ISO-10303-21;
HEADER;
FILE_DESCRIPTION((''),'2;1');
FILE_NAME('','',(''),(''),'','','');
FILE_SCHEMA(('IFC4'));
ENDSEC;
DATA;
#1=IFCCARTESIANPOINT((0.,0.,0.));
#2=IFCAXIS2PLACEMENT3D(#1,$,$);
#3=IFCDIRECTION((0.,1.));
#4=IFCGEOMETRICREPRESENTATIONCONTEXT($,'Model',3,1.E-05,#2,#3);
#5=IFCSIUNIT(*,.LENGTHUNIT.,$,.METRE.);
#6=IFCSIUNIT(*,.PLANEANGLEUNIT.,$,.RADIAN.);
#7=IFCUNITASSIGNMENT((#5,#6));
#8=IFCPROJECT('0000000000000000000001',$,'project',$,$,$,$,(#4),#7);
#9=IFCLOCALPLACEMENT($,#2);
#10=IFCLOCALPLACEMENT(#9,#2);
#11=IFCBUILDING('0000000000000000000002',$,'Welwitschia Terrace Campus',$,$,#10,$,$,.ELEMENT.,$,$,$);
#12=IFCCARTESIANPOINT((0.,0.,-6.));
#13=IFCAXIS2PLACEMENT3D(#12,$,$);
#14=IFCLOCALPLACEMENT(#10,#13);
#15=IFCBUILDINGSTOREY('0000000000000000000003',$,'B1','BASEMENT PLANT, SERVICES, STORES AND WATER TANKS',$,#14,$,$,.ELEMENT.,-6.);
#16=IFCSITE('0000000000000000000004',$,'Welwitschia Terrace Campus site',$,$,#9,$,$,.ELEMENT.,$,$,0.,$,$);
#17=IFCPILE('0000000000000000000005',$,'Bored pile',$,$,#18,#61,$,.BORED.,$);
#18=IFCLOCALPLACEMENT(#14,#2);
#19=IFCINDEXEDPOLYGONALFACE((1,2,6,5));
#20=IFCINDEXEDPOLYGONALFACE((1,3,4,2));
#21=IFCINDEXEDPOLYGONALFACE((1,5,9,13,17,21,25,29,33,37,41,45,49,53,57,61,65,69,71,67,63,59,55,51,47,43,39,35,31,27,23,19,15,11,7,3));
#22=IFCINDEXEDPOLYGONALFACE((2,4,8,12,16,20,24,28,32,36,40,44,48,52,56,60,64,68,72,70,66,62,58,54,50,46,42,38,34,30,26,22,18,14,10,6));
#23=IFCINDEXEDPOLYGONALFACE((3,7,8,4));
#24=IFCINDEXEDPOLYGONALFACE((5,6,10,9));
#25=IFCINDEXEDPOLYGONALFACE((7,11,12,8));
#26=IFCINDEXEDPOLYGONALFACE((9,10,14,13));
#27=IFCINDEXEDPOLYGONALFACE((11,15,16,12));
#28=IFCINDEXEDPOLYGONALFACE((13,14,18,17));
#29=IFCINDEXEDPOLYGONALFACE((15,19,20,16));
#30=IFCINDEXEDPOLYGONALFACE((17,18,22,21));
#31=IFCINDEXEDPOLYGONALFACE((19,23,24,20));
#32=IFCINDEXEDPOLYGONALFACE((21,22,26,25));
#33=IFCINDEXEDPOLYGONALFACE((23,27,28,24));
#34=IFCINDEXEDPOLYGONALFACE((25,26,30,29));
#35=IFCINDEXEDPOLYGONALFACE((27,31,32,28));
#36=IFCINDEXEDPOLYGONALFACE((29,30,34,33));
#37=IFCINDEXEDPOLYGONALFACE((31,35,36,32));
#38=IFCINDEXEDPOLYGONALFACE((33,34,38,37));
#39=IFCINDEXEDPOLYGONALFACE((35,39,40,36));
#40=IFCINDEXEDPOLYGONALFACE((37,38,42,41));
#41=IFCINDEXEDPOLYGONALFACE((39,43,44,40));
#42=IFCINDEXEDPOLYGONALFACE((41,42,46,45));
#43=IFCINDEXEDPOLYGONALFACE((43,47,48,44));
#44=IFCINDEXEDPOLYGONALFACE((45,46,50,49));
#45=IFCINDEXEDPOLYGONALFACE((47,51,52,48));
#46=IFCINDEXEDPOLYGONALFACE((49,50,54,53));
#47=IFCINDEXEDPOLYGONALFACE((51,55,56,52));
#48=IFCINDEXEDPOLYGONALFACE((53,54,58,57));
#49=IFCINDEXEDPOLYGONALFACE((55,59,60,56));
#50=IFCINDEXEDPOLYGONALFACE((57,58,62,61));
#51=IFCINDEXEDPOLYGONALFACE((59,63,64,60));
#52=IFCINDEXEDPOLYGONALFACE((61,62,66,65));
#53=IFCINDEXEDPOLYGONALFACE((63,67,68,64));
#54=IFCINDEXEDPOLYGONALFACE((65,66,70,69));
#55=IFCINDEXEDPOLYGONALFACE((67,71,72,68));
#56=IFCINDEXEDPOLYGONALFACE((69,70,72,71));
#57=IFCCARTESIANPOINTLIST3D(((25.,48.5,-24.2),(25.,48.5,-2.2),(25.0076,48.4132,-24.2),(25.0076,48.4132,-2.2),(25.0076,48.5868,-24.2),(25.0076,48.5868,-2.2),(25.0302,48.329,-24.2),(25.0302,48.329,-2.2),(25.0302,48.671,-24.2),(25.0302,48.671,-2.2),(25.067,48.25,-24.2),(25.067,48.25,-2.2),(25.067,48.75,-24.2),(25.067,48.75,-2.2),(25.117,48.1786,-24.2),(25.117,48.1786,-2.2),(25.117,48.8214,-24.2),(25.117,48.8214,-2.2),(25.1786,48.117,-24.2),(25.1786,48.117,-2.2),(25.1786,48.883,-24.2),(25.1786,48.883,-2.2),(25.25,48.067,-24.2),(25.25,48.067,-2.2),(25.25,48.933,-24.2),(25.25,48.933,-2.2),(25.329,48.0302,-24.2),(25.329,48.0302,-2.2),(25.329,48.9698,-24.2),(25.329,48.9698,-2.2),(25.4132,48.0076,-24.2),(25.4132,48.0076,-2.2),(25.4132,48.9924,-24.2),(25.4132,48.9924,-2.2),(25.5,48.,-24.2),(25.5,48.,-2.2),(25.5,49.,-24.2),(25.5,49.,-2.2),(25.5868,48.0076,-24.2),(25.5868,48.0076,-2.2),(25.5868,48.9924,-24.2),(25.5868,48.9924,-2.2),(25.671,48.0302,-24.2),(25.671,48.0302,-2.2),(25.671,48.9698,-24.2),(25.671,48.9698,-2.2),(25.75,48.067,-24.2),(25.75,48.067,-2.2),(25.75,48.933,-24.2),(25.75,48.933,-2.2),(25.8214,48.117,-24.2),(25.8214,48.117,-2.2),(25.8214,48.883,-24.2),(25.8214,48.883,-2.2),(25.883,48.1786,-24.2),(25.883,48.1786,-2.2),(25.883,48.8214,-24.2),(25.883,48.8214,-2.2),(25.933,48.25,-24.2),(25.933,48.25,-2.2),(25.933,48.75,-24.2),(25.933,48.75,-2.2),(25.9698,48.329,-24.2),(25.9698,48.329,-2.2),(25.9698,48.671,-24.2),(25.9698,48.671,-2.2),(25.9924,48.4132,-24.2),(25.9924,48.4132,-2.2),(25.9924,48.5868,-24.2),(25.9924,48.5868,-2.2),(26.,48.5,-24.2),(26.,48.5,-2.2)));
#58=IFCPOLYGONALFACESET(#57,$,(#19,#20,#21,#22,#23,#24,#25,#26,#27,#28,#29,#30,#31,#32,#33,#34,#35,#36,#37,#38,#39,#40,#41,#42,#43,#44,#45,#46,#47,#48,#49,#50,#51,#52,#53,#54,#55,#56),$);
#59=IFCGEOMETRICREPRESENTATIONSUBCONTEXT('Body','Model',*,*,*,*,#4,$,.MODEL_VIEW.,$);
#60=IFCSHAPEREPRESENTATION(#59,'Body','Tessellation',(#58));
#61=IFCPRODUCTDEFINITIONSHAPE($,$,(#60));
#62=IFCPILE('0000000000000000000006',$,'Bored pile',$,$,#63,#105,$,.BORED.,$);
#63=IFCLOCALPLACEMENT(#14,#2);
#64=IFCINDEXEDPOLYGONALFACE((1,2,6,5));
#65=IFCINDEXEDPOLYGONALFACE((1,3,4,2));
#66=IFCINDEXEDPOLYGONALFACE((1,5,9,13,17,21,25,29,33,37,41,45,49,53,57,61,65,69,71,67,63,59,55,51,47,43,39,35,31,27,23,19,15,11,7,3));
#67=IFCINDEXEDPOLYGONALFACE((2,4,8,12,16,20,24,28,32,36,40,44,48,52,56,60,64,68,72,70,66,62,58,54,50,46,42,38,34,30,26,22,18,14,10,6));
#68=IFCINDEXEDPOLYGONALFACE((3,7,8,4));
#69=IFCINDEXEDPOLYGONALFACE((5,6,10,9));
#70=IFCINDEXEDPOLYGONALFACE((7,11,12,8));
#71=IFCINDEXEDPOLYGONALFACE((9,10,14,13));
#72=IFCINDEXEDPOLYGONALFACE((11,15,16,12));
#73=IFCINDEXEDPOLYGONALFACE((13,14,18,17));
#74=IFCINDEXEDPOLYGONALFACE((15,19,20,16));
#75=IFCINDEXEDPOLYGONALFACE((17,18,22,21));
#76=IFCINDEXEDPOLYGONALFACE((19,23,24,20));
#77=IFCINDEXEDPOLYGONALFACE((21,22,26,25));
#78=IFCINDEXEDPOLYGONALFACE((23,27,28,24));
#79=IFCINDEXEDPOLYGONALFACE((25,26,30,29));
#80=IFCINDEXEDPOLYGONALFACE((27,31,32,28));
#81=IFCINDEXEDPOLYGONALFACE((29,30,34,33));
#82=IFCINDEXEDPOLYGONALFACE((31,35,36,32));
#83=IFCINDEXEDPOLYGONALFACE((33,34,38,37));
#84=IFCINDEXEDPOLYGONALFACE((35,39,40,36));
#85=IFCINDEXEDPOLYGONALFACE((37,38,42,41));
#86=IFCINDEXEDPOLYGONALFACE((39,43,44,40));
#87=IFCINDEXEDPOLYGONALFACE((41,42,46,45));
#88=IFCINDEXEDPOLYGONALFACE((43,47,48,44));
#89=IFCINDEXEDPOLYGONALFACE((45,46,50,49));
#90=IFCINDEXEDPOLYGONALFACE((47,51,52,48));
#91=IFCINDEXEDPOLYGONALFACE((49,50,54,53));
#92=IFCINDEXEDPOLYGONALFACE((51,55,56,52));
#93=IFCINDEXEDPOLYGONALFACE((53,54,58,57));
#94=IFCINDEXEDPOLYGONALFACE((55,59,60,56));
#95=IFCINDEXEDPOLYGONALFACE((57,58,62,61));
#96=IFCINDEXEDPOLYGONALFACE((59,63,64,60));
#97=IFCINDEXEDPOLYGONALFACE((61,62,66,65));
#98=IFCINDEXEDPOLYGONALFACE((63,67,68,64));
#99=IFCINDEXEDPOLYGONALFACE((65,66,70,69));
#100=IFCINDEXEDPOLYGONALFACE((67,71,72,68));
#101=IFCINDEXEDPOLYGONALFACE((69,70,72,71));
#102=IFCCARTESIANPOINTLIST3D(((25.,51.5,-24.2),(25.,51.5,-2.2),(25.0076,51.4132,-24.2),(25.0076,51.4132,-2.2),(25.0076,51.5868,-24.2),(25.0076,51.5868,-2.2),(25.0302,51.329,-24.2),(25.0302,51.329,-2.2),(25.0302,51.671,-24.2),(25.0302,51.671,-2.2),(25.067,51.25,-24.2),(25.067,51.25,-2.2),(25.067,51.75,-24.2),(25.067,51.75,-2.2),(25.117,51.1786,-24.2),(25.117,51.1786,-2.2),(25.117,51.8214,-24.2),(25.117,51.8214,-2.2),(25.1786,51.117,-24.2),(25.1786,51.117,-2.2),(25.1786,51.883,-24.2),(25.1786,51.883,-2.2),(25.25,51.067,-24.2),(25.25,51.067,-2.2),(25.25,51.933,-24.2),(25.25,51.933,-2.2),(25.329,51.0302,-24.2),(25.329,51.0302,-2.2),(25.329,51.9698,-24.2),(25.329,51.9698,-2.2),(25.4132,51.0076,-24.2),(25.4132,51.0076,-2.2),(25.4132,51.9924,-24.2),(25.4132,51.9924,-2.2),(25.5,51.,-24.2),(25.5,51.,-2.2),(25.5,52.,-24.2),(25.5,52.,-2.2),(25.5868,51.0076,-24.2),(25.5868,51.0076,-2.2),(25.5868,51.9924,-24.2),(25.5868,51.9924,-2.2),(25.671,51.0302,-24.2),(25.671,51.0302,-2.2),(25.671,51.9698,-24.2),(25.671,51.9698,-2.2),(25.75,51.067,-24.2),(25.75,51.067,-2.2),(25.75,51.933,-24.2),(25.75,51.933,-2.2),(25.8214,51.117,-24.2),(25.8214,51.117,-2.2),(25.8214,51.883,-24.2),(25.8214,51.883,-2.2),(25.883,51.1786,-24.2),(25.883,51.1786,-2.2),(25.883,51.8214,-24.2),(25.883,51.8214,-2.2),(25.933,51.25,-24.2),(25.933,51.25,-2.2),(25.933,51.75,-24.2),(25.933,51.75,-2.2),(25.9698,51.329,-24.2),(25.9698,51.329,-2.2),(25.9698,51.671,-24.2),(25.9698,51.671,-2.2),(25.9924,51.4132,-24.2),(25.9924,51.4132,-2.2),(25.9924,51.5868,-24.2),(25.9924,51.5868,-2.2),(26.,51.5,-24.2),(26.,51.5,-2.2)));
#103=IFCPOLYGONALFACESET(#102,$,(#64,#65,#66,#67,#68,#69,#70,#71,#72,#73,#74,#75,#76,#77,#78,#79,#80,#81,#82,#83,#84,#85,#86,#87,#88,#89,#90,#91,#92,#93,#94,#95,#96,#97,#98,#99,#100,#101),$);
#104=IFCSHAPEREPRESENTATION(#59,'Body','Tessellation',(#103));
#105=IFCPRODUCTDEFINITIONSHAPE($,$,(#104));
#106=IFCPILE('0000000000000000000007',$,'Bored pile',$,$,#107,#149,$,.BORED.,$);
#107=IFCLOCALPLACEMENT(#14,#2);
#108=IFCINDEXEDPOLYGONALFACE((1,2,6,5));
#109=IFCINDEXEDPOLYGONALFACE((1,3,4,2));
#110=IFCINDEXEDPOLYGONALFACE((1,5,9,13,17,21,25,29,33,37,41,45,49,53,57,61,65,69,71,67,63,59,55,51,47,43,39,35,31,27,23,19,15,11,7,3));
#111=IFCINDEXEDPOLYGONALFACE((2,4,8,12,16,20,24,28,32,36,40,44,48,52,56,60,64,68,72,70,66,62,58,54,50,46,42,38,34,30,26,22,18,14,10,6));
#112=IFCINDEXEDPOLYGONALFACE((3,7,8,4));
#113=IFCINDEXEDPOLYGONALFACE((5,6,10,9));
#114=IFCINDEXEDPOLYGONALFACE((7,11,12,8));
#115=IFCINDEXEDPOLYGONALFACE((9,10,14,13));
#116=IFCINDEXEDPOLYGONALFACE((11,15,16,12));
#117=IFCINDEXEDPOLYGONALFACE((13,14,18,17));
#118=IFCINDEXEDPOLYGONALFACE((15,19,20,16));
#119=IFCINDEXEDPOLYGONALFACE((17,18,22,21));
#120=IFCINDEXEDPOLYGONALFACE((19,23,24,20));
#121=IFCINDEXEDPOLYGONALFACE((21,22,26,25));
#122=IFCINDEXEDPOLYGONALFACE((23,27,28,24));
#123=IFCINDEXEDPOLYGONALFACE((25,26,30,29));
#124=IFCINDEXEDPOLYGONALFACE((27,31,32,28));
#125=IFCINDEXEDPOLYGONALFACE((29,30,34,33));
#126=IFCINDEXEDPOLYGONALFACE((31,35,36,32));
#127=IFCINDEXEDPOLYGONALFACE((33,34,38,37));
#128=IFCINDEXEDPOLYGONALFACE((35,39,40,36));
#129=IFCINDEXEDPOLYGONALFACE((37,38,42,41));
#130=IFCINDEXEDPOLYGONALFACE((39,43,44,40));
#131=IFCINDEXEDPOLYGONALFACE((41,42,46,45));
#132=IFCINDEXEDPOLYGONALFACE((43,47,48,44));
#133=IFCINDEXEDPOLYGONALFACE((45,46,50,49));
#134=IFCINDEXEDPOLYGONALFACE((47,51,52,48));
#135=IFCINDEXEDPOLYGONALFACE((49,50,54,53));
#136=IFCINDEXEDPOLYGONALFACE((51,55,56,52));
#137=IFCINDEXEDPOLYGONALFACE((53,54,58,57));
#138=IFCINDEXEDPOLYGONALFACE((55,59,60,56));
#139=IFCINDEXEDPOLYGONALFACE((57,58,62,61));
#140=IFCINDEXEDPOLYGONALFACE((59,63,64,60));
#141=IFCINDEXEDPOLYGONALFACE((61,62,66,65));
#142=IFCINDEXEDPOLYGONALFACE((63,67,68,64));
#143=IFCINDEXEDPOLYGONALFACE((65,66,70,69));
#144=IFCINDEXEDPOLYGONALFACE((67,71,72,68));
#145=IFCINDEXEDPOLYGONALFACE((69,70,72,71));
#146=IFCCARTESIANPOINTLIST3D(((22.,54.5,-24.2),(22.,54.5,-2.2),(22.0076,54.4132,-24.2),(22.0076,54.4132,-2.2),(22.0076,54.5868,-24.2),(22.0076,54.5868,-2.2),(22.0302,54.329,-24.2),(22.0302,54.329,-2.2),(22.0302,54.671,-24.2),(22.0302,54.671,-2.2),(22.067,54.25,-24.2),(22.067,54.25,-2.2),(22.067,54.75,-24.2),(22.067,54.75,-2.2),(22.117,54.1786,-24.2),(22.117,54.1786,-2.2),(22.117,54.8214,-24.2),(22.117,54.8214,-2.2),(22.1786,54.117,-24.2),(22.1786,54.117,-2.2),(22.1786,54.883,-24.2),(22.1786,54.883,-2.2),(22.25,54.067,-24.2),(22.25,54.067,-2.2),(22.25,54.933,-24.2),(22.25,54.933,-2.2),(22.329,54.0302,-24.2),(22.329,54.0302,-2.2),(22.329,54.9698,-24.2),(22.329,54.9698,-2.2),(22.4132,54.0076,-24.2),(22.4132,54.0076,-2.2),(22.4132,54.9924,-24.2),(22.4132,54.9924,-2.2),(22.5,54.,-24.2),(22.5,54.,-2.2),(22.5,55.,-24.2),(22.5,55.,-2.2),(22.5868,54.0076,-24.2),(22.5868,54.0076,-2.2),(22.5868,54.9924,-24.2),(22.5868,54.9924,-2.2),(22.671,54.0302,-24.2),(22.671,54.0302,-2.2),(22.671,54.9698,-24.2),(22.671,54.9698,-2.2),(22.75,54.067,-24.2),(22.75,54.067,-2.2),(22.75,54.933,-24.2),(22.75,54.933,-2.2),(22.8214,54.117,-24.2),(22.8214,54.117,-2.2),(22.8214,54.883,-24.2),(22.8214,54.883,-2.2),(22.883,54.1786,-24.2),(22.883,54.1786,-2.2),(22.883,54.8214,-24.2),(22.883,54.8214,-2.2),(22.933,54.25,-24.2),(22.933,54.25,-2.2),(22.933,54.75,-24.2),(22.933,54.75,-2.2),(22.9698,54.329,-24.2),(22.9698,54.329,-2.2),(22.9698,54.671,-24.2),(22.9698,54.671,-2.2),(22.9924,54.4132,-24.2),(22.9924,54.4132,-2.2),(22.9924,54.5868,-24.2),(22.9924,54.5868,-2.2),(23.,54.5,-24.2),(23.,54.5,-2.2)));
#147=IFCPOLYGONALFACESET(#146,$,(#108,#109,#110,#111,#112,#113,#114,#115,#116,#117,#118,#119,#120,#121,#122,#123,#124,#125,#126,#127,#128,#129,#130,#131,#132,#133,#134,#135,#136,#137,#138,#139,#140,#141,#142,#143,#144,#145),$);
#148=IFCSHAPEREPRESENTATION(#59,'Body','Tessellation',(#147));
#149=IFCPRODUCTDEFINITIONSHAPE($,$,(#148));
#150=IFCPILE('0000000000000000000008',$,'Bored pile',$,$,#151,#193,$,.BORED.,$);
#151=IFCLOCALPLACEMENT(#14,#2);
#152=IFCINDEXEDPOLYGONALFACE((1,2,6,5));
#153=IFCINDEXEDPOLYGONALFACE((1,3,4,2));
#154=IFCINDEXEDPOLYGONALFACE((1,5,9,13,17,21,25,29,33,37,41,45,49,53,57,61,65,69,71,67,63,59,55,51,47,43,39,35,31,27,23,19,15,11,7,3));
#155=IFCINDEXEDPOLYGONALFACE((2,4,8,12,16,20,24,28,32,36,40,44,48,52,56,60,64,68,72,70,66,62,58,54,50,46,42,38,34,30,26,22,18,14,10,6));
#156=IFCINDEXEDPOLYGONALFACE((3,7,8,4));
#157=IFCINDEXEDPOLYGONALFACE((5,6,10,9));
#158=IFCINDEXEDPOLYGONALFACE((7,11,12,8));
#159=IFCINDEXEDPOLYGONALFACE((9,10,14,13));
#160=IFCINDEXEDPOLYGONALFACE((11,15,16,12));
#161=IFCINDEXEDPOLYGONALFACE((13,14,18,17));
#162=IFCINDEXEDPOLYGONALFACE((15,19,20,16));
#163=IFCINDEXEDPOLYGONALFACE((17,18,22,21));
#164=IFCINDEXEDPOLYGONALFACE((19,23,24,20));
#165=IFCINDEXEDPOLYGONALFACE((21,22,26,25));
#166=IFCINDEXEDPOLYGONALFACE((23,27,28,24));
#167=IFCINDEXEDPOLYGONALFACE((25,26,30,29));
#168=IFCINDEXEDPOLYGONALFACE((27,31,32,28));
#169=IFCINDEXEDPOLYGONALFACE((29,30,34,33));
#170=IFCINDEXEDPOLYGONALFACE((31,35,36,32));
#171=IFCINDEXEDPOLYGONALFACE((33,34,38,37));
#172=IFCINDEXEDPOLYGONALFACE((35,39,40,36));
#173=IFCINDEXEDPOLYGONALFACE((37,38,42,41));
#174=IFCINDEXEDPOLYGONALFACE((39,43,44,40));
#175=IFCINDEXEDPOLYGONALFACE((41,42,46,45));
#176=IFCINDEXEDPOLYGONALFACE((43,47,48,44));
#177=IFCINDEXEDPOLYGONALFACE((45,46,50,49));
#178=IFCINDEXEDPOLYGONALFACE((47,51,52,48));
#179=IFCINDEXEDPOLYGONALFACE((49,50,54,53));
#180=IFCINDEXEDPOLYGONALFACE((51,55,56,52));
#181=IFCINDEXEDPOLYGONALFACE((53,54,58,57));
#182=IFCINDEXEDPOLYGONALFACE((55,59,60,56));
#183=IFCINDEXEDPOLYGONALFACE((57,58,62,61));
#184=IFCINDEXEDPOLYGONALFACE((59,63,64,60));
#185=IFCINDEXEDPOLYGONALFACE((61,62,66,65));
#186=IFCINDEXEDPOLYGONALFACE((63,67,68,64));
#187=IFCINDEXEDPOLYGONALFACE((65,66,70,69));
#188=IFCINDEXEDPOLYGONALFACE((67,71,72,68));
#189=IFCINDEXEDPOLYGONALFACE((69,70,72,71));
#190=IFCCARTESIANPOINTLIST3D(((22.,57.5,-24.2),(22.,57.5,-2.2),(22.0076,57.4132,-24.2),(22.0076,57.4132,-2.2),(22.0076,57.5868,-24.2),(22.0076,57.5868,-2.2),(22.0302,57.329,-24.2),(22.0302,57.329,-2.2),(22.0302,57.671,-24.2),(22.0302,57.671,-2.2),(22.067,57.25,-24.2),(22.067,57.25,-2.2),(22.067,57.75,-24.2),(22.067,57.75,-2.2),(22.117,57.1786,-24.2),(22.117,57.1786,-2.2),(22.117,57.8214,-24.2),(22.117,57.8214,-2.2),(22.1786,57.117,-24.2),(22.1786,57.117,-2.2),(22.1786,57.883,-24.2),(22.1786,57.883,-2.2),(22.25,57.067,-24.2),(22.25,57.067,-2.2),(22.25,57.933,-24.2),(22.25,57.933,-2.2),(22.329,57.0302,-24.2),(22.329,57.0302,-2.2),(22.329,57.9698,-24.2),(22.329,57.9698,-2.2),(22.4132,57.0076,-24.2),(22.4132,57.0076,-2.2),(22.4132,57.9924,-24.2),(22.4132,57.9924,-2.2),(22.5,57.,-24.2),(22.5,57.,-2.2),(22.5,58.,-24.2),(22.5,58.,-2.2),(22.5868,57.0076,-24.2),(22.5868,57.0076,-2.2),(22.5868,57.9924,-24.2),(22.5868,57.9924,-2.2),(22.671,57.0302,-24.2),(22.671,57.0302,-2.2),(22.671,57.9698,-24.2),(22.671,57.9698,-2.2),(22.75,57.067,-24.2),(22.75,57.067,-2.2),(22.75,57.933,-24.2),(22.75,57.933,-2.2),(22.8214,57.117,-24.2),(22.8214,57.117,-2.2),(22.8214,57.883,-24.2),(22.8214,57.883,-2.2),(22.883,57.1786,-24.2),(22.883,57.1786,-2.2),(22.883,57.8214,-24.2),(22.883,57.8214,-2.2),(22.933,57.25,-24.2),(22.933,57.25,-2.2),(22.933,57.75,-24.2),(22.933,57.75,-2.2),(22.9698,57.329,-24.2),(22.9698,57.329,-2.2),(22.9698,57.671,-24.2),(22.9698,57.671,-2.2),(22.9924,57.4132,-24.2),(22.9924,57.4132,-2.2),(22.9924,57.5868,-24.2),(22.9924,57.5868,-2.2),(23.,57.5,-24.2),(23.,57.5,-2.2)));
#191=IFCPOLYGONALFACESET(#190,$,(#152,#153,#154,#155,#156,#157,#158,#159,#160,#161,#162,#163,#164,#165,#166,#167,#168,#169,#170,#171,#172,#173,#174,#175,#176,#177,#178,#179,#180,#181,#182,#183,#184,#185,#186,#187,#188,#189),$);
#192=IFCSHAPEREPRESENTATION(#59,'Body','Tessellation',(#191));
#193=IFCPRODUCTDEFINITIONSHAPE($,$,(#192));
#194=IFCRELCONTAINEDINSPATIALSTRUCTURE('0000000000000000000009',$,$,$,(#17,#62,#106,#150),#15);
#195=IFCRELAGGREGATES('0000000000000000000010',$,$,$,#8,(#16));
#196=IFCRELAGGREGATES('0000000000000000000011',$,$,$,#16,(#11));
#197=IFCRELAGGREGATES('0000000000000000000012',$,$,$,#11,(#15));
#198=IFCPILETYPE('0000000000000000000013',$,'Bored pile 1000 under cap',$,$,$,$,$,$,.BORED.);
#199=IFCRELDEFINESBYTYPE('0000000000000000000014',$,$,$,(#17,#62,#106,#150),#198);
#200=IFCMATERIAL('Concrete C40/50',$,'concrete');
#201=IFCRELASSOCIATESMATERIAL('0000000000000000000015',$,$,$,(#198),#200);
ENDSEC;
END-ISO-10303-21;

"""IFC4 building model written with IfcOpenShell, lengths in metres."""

from ifc_helpers import new_model, si_unit, direction, frame, origin, origin_2d, place, context, subcontext, project, spatial, circle, extrude, material, type_object, element, save


model = new_model("IFC4")

# Units and contexts
model_context = context("Model", 3, precision=1e-05, world=origin(), true_north=direction((0.0, 1.0)))
body_context = subcontext(model_context, "Body", "Model", "MODEL_VIEW")
ifc_project = project(units=[si_unit("LENGTHUNIT", "METRE"), si_unit("PLANEANGLEUNIT", "RADIAN")], contexts=[model_context])

# Site, building, storey
site_placement = place(None, origin())
site = spatial("IfcSite", under=ifc_project, at=site_placement, Name="Welwitschia Terrace Campus site", CompositionType="ELEMENT", RefElevation=0.0)
building_placement = place(site_placement, origin())
building = spatial("IfcBuilding", under=site, at=building_placement, Name="Welwitschia Terrace Campus", CompositionType="ELEMENT")
storey_placement = place(building_placement, frame((0.0, 0.0, -6.0)))
storey = spatial("IfcBuildingStorey", under=building, at=storey_placement, Name="B1", Description="BASEMENT PLANT, SERVICES, STORES AND WATER TANKS", CompositionType="ELEMENT", Elevation=-6.0)

# Piles
ifc_material_1 = material(Name="Concrete C40/50", Category="concrete")
pile_type = type_object("IfcPileType", Name="Bored pile 1000 under cap", PredefinedType="BORED", material=ifc_material_1)
for number, where, z_axis, x_axis, name in (
    (1, (25.5, 48.5, -2.2), (0.0, 0.0, -1.0), (1.0, 0.0, 0.0), "Bored pile"),
    (2, (25.5, 51.5, -2.2), (0.0, 0.0, -1.0), (1.0, 0.0, 0.0), "Bored pile"),
    (3, (22.5, 54.5, -2.2), (0.0, 0.0, -1.0), (1.0, 0.0, 0.0), "Bored pile"),
    (4, (22.5, 57.5, -2.2), (0.0, 0.0, -1.0), (1.0, 0.0, 0.0), "Bored pile"),
):
    element("IfcPile", number, at=place(storey_placement, frame(where, z_axis=z_axis, x_axis=x_axis)), inside=storey, type_object=pile_type, Name=name, PredefinedType="BORED", context=body_context, shape_type="SweptSolid", body=[
        extrude(circle(Radius=0.5, at=origin_2d()), origin(), (0.0, 0.0, 1.0), 22.0),
    ])

save(model, "model.ifc")
